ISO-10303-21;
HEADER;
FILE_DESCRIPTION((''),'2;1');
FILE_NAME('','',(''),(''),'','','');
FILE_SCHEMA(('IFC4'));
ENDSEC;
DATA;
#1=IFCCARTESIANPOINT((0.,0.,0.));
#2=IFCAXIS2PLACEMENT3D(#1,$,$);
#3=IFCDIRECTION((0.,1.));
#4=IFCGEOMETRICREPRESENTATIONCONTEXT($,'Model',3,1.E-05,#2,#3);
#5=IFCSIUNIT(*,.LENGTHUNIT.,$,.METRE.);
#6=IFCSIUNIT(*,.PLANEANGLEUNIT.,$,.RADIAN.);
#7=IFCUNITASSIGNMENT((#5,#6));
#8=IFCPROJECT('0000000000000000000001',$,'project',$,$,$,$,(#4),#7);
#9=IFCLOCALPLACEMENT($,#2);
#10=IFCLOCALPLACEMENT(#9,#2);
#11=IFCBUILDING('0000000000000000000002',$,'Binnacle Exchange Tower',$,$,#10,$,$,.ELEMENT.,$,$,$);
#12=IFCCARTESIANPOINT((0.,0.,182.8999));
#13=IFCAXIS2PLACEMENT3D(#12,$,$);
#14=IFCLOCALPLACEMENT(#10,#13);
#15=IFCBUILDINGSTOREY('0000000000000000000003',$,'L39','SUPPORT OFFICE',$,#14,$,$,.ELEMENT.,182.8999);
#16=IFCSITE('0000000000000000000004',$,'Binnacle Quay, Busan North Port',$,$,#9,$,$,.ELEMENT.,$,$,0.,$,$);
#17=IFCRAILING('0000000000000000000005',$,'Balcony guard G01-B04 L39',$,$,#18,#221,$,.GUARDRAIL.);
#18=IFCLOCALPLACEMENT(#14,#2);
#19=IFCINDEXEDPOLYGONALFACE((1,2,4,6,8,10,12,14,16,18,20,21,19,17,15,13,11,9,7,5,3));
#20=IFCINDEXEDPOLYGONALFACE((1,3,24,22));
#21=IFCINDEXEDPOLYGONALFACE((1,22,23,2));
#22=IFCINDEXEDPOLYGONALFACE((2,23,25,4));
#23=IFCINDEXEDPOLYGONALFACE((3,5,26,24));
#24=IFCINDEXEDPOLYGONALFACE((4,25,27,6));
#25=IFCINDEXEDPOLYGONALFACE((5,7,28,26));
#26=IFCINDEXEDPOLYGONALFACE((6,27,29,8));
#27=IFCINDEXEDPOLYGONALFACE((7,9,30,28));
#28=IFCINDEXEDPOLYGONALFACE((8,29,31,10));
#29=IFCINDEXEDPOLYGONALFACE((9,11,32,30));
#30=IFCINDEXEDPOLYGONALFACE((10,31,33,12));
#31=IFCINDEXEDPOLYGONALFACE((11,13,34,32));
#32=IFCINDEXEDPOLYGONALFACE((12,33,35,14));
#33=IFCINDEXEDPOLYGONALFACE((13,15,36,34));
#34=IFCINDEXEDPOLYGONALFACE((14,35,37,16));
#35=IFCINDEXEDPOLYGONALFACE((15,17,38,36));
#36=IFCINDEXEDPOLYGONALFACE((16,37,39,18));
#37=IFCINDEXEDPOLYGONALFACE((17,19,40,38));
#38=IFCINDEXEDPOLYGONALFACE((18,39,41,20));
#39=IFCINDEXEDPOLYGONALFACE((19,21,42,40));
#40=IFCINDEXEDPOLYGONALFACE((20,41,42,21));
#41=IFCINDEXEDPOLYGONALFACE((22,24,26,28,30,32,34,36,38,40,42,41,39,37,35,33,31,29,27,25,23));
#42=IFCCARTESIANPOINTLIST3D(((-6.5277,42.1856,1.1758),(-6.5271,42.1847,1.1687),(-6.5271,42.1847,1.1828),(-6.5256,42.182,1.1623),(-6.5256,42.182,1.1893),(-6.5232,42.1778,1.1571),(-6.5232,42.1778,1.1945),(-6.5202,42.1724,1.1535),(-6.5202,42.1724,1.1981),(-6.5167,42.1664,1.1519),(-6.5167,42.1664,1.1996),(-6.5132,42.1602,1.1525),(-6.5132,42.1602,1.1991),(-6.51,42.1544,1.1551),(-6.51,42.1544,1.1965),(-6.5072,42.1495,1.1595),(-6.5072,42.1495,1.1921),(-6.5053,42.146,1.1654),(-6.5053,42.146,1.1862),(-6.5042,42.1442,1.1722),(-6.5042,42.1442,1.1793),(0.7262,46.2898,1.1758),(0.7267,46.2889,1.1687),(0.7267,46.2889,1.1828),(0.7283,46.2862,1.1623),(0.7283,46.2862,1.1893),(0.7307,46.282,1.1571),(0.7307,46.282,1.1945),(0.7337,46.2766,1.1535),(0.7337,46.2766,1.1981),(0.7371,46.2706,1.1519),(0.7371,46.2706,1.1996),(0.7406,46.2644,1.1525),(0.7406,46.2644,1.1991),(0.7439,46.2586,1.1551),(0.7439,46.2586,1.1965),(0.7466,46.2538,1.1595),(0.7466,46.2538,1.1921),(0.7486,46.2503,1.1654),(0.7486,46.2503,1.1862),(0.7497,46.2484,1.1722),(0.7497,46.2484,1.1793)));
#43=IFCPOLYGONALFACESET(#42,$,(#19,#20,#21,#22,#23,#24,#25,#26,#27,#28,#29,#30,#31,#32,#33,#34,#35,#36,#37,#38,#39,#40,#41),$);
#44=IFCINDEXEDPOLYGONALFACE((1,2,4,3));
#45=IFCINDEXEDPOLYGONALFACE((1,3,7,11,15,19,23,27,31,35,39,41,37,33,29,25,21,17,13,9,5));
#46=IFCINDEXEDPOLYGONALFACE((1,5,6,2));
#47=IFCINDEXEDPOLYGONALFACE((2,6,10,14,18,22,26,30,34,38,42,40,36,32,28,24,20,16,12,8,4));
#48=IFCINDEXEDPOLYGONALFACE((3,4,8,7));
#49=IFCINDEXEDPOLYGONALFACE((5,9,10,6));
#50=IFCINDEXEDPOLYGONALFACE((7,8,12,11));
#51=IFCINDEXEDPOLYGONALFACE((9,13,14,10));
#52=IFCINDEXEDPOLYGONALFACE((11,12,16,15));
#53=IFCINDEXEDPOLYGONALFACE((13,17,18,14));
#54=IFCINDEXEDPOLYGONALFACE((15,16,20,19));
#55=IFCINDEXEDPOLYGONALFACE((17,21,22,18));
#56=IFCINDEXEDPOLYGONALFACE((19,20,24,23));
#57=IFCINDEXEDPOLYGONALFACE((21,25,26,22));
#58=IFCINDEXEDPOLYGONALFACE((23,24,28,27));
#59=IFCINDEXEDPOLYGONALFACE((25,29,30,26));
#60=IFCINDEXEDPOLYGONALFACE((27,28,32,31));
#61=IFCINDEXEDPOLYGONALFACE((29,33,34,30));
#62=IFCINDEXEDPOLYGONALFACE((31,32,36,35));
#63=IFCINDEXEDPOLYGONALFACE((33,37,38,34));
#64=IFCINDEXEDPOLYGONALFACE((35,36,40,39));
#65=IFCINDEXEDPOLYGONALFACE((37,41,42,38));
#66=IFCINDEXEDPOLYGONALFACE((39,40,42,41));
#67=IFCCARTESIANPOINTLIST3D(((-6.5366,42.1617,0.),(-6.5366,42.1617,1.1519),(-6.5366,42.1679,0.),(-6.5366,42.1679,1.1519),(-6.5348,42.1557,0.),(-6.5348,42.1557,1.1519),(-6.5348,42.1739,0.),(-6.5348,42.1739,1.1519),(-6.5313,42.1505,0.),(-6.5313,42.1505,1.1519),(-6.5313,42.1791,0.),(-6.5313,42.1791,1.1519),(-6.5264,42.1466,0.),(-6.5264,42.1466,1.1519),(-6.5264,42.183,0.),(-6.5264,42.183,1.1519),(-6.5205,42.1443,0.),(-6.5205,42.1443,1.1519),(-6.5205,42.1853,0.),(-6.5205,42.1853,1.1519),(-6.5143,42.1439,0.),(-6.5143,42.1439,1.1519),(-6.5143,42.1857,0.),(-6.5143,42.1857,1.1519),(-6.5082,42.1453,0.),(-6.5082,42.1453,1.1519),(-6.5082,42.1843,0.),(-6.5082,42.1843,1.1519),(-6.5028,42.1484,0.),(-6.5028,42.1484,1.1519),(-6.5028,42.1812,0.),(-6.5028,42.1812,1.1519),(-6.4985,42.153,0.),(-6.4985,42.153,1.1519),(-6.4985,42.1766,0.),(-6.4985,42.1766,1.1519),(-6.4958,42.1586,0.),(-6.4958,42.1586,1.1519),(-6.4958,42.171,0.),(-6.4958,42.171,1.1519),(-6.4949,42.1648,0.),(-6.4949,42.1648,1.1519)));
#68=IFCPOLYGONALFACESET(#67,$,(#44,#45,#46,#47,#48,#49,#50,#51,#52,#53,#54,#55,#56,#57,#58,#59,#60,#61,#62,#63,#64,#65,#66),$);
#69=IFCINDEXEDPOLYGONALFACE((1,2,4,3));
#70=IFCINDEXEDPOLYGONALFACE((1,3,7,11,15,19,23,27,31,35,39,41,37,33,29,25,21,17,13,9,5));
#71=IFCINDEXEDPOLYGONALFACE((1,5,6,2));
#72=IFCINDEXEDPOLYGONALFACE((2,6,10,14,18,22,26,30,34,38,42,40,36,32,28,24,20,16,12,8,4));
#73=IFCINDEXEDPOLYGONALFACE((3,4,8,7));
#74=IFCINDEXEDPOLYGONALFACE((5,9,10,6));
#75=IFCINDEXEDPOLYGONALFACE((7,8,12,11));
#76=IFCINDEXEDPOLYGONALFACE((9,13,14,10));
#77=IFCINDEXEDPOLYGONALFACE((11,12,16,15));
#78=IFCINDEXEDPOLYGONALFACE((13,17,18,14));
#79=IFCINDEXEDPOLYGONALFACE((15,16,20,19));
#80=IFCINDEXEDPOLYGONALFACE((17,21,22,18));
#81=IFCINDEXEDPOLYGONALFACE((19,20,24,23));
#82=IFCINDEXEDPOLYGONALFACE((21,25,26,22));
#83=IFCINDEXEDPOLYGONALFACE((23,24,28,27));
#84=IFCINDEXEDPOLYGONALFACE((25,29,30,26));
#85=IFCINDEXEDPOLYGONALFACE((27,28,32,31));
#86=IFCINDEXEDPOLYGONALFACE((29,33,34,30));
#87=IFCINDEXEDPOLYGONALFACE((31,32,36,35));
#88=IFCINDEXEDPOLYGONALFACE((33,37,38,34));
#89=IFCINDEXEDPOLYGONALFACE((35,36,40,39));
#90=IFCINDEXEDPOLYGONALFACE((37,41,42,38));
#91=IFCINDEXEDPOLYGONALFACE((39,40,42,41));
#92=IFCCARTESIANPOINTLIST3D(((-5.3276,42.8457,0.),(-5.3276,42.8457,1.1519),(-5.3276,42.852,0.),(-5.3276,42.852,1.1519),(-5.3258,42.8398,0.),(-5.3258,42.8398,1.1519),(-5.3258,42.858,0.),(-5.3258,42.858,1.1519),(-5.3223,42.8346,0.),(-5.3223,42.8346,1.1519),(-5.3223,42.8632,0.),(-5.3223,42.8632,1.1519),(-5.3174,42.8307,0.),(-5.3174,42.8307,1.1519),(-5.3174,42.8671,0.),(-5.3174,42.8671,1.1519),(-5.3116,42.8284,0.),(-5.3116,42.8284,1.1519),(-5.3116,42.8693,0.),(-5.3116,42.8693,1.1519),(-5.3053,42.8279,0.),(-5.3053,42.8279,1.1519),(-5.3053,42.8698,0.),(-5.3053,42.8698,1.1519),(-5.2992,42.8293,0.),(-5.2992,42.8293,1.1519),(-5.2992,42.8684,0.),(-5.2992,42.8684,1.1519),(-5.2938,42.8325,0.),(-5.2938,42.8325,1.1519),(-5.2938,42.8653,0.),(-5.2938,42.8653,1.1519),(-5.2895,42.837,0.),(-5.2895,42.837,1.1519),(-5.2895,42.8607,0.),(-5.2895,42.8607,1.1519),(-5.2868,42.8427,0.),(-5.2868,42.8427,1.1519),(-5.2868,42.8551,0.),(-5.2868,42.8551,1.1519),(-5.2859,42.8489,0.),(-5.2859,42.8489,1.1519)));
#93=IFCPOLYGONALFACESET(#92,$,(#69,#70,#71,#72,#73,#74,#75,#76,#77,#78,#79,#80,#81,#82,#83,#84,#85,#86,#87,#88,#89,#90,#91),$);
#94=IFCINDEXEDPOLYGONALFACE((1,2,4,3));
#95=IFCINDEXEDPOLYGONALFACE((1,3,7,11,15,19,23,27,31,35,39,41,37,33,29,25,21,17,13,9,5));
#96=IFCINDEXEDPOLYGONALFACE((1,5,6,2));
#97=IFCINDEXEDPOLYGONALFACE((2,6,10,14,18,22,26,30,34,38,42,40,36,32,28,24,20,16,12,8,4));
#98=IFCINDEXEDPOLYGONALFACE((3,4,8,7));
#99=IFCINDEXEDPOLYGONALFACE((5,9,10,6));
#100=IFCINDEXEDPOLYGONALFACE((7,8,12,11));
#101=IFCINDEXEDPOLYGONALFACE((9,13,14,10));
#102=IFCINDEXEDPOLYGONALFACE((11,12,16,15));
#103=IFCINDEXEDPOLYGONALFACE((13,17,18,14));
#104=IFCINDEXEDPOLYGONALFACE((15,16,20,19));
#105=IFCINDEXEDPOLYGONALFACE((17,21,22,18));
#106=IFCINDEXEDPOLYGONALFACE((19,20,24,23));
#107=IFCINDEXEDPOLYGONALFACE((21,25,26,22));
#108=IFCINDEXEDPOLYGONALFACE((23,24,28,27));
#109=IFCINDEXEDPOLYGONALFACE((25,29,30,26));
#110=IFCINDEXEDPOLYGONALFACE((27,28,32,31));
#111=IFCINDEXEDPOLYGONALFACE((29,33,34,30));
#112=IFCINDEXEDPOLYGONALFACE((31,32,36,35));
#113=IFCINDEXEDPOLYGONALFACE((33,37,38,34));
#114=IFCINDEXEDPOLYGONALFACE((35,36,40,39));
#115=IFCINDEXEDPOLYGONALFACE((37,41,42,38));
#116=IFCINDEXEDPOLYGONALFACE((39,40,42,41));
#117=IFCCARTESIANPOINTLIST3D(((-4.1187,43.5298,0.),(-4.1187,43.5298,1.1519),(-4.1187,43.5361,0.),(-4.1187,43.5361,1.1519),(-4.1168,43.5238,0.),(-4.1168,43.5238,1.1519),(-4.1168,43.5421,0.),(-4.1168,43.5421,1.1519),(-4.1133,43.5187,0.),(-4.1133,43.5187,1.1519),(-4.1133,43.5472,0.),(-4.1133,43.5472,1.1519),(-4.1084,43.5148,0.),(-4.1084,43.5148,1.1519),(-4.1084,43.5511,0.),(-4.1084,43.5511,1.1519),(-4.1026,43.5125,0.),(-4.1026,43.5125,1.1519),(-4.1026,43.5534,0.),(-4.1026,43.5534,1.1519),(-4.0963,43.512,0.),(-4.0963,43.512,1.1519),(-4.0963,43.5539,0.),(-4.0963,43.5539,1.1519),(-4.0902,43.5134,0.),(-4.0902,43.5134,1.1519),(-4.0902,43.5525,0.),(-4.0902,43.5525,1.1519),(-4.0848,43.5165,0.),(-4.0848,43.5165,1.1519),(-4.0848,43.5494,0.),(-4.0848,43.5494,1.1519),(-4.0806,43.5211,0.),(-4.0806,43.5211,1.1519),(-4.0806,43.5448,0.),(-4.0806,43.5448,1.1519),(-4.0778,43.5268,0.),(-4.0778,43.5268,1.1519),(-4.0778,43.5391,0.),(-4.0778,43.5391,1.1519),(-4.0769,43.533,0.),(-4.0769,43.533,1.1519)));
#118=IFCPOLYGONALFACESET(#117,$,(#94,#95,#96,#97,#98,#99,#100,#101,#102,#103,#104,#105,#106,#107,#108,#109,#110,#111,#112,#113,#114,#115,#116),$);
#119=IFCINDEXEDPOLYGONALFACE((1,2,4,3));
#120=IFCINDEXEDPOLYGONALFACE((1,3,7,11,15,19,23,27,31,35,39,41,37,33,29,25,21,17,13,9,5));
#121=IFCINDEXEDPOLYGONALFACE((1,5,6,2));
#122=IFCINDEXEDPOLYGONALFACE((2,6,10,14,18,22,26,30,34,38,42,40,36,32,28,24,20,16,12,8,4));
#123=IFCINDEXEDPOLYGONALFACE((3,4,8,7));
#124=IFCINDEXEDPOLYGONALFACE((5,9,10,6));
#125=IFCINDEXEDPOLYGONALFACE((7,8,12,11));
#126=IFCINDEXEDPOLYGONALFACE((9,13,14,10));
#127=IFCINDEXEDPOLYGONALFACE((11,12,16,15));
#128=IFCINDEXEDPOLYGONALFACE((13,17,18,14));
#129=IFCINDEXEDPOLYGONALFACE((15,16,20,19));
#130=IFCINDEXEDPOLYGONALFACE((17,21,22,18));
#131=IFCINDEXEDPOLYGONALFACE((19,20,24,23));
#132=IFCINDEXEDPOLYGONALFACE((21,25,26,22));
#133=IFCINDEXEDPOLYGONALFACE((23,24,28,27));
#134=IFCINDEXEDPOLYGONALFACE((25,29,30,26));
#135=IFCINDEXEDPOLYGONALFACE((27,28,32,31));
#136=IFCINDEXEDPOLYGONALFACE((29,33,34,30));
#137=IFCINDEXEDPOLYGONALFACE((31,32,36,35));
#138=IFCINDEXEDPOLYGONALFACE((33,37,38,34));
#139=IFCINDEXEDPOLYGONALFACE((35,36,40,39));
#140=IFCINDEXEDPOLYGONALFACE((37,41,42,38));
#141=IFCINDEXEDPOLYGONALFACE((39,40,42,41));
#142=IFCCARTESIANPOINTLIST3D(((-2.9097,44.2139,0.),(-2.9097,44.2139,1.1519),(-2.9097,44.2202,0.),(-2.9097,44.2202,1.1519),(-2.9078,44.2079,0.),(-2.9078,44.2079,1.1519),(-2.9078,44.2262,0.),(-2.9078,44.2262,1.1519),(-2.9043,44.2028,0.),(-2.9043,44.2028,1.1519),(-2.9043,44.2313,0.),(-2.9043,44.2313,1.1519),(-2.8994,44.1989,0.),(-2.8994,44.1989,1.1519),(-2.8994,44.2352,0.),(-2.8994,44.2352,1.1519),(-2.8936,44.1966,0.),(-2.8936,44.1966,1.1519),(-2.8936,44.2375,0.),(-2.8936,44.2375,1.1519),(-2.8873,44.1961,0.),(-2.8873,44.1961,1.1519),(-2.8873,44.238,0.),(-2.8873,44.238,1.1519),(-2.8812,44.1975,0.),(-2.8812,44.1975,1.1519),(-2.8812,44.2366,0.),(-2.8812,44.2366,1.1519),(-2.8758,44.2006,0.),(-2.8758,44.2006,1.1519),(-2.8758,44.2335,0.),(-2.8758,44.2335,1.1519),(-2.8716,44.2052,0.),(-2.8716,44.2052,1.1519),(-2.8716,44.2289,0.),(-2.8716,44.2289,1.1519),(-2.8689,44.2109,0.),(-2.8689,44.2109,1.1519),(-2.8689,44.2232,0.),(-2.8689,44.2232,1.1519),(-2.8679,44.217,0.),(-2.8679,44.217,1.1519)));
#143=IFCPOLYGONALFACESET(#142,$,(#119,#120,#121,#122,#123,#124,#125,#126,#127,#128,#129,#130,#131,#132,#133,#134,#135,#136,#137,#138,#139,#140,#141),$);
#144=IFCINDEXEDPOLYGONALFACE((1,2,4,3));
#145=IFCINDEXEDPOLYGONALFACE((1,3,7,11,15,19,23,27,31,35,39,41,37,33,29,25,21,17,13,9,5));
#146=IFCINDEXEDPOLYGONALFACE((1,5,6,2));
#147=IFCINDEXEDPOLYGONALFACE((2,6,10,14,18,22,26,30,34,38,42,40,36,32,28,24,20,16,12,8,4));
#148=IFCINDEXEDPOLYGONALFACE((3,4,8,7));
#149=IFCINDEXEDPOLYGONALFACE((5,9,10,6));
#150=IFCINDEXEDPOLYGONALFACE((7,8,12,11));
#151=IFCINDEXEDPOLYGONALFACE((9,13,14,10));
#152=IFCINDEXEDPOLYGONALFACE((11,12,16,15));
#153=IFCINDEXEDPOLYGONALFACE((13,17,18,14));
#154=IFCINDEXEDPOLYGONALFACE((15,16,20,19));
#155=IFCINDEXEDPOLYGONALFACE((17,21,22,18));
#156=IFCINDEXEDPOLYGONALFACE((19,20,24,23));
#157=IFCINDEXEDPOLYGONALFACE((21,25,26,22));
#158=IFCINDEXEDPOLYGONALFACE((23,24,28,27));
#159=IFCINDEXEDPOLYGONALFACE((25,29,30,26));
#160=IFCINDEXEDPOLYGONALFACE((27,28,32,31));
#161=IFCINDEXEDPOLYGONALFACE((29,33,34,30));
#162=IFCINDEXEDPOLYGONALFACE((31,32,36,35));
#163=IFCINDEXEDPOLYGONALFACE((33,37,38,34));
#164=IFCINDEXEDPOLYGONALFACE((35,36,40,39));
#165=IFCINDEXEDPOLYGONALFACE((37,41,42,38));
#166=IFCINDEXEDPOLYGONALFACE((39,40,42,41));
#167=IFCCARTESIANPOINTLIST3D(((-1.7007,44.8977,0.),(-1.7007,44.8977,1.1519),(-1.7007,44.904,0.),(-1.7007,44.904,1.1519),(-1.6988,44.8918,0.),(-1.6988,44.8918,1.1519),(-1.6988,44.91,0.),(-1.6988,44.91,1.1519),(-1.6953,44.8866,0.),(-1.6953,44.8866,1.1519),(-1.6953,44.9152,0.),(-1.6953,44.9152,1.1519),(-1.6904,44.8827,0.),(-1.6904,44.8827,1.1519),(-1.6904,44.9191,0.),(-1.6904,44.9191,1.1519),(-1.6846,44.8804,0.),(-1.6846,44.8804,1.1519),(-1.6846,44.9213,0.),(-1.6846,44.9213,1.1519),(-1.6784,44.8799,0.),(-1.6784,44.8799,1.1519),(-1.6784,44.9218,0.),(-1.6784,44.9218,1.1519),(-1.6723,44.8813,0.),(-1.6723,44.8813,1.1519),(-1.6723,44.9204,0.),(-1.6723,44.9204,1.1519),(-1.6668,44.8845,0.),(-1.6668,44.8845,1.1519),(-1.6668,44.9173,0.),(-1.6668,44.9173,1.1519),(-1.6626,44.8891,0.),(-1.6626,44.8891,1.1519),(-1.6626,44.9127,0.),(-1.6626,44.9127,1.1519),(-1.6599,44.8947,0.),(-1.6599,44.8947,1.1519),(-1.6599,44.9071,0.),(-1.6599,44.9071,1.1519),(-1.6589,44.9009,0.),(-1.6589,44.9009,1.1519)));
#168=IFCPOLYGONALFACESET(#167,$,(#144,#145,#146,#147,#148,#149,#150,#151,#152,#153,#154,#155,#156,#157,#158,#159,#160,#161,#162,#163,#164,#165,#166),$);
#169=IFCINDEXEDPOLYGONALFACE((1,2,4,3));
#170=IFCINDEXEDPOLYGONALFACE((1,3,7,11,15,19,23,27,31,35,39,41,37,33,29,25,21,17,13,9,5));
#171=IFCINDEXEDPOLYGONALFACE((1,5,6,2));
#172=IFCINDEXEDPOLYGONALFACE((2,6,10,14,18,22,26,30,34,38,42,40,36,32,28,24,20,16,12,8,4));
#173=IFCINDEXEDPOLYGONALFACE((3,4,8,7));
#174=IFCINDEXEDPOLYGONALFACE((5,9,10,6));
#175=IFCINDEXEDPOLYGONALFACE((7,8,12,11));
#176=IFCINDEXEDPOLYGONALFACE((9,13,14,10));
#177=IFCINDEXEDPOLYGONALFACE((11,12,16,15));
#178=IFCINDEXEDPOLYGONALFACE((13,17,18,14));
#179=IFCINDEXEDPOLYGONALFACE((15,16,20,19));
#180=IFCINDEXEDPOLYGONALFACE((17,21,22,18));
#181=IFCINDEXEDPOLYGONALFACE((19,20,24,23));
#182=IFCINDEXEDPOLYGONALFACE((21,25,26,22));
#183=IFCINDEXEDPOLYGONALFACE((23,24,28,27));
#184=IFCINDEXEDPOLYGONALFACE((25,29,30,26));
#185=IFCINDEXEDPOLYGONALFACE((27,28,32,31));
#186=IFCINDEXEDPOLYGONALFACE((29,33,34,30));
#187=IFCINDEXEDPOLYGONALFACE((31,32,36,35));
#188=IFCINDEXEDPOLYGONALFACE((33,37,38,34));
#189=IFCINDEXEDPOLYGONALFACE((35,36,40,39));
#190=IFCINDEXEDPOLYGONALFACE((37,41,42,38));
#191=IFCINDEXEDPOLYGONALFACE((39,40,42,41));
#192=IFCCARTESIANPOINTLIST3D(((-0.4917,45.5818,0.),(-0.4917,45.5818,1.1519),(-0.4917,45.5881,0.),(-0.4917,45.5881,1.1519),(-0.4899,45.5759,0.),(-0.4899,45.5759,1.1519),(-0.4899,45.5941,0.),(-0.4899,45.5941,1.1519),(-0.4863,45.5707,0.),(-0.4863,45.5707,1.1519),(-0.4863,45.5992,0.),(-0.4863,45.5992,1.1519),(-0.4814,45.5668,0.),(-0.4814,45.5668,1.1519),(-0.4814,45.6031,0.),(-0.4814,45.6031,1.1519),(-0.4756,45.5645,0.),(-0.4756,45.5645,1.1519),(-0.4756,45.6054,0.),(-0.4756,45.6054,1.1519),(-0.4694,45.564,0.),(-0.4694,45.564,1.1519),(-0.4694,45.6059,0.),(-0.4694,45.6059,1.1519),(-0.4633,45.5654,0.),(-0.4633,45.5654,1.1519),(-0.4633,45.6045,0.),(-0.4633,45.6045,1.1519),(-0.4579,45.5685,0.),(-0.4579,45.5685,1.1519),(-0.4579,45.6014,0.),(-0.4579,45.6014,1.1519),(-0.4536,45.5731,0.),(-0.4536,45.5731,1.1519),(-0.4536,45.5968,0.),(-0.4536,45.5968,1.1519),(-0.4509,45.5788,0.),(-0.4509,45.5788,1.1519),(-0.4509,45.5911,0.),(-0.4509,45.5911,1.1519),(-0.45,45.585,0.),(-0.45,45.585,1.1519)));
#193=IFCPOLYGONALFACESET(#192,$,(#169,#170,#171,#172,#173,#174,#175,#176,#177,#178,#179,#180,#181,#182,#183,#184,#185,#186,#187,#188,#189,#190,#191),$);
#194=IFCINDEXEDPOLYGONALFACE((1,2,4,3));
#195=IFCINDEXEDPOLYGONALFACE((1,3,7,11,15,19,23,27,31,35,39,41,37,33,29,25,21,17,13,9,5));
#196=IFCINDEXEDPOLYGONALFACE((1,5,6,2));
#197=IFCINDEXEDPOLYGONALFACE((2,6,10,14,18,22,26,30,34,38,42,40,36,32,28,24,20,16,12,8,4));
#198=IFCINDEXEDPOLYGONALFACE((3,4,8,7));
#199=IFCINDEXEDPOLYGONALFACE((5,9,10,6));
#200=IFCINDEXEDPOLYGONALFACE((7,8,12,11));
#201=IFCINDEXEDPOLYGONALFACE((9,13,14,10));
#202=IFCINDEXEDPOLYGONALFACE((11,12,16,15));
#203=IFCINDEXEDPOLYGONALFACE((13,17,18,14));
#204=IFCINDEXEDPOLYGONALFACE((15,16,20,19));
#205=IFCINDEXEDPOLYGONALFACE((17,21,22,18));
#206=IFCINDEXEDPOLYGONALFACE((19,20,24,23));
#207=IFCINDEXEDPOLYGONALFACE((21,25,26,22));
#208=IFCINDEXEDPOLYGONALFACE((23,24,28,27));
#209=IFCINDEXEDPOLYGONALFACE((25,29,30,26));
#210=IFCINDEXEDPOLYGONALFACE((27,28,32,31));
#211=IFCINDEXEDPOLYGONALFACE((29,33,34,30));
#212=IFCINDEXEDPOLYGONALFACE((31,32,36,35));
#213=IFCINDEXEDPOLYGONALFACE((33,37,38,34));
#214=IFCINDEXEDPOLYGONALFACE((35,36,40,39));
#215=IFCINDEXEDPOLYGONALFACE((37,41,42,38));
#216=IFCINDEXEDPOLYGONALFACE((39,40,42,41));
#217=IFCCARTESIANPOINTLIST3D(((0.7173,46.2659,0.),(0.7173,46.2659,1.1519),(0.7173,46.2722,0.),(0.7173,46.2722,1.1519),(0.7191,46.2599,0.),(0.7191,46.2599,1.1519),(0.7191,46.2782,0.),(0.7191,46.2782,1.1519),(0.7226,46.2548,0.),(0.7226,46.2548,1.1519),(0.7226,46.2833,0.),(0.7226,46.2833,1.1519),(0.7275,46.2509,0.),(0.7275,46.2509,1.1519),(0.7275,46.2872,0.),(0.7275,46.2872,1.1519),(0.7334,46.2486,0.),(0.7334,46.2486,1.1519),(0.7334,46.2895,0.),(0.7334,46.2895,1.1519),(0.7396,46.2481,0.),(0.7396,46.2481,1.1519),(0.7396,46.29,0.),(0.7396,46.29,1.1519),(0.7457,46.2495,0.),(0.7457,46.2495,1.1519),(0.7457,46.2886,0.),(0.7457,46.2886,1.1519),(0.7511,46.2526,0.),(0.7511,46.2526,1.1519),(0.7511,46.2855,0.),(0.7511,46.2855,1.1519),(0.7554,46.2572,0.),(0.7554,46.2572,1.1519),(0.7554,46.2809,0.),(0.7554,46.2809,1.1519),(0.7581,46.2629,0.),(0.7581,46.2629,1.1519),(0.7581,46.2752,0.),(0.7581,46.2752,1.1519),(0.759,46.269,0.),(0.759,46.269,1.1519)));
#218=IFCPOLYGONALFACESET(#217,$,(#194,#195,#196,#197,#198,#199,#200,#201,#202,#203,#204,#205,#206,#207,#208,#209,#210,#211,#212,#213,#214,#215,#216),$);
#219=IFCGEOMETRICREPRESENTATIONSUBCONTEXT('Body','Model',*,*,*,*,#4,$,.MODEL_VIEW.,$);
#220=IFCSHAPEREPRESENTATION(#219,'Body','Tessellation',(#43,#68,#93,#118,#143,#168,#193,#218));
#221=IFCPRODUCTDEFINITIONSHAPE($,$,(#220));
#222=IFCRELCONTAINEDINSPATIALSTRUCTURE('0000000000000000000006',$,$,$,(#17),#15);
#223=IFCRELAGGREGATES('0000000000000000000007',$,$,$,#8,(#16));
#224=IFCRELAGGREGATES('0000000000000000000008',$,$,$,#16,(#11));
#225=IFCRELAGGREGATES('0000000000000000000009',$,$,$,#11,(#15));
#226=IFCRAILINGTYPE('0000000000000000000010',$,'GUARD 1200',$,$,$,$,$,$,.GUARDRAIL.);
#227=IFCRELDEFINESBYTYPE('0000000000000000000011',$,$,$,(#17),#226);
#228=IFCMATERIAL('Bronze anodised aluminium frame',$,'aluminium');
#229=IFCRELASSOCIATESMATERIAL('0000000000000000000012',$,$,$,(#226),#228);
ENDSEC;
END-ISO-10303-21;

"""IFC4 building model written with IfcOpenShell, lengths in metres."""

from ifc_helpers import new_model, si_unit, direction, frame, origin, origin_2d, place, context, subcontext, project, spatial, circle, extrude, material, type_object, element, save


model = new_model("IFC4")

# Units and contexts
model_context = context("Model", 3, precision=1e-05, world=origin(), true_north=direction((0.0, 1.0)))
body_context = subcontext(model_context, "Body", "Model", "MODEL_VIEW")
ifc_project = project(units=[si_unit("LENGTHUNIT", "METRE"), si_unit("PLANEANGLEUNIT", "RADIAN")], contexts=[model_context])

# Site, building, storey
site_placement = place(None, origin())
site = spatial("IfcSite", under=ifc_project, at=site_placement, Name="Binnacle Quay, Busan North Port", CompositionType="ELEMENT", RefElevation=0.0)
building_placement = place(site_placement, origin())
building = spatial("IfcBuilding", under=site, at=building_placement, Name="Binnacle Exchange Tower", CompositionType="ELEMENT")
storey_placement = place(building_placement, frame((0.0, 0.0, 182.8999)))
storey = spatial("IfcBuildingStorey", under=building, at=storey_placement, Name="L39", Description="SUPPORT OFFICE", CompositionType="ELEMENT", Elevation=182.8999)

# Shared definitions
ifc_material_1 = material(Name="Bronze anodised aluminium frame", Category="aluminium")

# Railing
railing_type = type_object("IfcRailingType", Name="GUARD 1200", PredefinedType="GUARDRAIL", material=ifc_material_1)
railing_placement = place(storey_placement, frame((-6.5159, 42.1648, 0.0)))
element("IfcRailing", 1, at=railing_placement, inside=storey, type_object=railing_type, Name="Balcony guard G01-B04 L39", PredefinedType="GUARDRAIL", context=body_context, shape_type="SweptSolid", body=[
    extrude(circle(Radius=0.0239, at=origin_2d()), frame((0.0, 0.0, 1.1758), z_axis=(0.870346, 0.49244, 0.0), x_axis=(-0.49244, 0.870346, 0.0)), (0.0, 0.0, 1.0), 8.3345),
    extrude(circle(Radius=0.021, at=origin_2d()), origin(), (0.0, 0.0, 1.0), 1.1519),
    extrude(circle(Radius=0.021, at=origin_2d()), frame((1.209, 0.6841, 0.0)), (0.0, 0.0, 1.0), 1.1519),
    extrude(circle(Radius=0.021, at=origin_2d()), frame((2.418, 1.3682, 0.0)), (0.0, 0.0, 1.0), 1.1519),
    extrude(circle(Radius=0.021, at=origin_2d()), frame((3.627, 2.0522, 0.0)), (0.0, 0.0, 1.0), 1.1519),
    extrude(circle(Radius=0.021, at=origin_2d()), frame((4.8359, 2.7361, 0.0)), (0.0, 0.0, 1.0), 1.1519),
    extrude(circle(Radius=0.021, at=origin_2d()), frame((6.0449, 3.4202, 0.0)), (0.0, 0.0, 1.0), 1.1519),
    extrude(circle(Radius=0.021, at=origin_2d()), frame((7.2539, 4.1042, 0.0)), (0.0, 0.0, 1.0), 1.1519),
])

save(model, "model.ifc")
